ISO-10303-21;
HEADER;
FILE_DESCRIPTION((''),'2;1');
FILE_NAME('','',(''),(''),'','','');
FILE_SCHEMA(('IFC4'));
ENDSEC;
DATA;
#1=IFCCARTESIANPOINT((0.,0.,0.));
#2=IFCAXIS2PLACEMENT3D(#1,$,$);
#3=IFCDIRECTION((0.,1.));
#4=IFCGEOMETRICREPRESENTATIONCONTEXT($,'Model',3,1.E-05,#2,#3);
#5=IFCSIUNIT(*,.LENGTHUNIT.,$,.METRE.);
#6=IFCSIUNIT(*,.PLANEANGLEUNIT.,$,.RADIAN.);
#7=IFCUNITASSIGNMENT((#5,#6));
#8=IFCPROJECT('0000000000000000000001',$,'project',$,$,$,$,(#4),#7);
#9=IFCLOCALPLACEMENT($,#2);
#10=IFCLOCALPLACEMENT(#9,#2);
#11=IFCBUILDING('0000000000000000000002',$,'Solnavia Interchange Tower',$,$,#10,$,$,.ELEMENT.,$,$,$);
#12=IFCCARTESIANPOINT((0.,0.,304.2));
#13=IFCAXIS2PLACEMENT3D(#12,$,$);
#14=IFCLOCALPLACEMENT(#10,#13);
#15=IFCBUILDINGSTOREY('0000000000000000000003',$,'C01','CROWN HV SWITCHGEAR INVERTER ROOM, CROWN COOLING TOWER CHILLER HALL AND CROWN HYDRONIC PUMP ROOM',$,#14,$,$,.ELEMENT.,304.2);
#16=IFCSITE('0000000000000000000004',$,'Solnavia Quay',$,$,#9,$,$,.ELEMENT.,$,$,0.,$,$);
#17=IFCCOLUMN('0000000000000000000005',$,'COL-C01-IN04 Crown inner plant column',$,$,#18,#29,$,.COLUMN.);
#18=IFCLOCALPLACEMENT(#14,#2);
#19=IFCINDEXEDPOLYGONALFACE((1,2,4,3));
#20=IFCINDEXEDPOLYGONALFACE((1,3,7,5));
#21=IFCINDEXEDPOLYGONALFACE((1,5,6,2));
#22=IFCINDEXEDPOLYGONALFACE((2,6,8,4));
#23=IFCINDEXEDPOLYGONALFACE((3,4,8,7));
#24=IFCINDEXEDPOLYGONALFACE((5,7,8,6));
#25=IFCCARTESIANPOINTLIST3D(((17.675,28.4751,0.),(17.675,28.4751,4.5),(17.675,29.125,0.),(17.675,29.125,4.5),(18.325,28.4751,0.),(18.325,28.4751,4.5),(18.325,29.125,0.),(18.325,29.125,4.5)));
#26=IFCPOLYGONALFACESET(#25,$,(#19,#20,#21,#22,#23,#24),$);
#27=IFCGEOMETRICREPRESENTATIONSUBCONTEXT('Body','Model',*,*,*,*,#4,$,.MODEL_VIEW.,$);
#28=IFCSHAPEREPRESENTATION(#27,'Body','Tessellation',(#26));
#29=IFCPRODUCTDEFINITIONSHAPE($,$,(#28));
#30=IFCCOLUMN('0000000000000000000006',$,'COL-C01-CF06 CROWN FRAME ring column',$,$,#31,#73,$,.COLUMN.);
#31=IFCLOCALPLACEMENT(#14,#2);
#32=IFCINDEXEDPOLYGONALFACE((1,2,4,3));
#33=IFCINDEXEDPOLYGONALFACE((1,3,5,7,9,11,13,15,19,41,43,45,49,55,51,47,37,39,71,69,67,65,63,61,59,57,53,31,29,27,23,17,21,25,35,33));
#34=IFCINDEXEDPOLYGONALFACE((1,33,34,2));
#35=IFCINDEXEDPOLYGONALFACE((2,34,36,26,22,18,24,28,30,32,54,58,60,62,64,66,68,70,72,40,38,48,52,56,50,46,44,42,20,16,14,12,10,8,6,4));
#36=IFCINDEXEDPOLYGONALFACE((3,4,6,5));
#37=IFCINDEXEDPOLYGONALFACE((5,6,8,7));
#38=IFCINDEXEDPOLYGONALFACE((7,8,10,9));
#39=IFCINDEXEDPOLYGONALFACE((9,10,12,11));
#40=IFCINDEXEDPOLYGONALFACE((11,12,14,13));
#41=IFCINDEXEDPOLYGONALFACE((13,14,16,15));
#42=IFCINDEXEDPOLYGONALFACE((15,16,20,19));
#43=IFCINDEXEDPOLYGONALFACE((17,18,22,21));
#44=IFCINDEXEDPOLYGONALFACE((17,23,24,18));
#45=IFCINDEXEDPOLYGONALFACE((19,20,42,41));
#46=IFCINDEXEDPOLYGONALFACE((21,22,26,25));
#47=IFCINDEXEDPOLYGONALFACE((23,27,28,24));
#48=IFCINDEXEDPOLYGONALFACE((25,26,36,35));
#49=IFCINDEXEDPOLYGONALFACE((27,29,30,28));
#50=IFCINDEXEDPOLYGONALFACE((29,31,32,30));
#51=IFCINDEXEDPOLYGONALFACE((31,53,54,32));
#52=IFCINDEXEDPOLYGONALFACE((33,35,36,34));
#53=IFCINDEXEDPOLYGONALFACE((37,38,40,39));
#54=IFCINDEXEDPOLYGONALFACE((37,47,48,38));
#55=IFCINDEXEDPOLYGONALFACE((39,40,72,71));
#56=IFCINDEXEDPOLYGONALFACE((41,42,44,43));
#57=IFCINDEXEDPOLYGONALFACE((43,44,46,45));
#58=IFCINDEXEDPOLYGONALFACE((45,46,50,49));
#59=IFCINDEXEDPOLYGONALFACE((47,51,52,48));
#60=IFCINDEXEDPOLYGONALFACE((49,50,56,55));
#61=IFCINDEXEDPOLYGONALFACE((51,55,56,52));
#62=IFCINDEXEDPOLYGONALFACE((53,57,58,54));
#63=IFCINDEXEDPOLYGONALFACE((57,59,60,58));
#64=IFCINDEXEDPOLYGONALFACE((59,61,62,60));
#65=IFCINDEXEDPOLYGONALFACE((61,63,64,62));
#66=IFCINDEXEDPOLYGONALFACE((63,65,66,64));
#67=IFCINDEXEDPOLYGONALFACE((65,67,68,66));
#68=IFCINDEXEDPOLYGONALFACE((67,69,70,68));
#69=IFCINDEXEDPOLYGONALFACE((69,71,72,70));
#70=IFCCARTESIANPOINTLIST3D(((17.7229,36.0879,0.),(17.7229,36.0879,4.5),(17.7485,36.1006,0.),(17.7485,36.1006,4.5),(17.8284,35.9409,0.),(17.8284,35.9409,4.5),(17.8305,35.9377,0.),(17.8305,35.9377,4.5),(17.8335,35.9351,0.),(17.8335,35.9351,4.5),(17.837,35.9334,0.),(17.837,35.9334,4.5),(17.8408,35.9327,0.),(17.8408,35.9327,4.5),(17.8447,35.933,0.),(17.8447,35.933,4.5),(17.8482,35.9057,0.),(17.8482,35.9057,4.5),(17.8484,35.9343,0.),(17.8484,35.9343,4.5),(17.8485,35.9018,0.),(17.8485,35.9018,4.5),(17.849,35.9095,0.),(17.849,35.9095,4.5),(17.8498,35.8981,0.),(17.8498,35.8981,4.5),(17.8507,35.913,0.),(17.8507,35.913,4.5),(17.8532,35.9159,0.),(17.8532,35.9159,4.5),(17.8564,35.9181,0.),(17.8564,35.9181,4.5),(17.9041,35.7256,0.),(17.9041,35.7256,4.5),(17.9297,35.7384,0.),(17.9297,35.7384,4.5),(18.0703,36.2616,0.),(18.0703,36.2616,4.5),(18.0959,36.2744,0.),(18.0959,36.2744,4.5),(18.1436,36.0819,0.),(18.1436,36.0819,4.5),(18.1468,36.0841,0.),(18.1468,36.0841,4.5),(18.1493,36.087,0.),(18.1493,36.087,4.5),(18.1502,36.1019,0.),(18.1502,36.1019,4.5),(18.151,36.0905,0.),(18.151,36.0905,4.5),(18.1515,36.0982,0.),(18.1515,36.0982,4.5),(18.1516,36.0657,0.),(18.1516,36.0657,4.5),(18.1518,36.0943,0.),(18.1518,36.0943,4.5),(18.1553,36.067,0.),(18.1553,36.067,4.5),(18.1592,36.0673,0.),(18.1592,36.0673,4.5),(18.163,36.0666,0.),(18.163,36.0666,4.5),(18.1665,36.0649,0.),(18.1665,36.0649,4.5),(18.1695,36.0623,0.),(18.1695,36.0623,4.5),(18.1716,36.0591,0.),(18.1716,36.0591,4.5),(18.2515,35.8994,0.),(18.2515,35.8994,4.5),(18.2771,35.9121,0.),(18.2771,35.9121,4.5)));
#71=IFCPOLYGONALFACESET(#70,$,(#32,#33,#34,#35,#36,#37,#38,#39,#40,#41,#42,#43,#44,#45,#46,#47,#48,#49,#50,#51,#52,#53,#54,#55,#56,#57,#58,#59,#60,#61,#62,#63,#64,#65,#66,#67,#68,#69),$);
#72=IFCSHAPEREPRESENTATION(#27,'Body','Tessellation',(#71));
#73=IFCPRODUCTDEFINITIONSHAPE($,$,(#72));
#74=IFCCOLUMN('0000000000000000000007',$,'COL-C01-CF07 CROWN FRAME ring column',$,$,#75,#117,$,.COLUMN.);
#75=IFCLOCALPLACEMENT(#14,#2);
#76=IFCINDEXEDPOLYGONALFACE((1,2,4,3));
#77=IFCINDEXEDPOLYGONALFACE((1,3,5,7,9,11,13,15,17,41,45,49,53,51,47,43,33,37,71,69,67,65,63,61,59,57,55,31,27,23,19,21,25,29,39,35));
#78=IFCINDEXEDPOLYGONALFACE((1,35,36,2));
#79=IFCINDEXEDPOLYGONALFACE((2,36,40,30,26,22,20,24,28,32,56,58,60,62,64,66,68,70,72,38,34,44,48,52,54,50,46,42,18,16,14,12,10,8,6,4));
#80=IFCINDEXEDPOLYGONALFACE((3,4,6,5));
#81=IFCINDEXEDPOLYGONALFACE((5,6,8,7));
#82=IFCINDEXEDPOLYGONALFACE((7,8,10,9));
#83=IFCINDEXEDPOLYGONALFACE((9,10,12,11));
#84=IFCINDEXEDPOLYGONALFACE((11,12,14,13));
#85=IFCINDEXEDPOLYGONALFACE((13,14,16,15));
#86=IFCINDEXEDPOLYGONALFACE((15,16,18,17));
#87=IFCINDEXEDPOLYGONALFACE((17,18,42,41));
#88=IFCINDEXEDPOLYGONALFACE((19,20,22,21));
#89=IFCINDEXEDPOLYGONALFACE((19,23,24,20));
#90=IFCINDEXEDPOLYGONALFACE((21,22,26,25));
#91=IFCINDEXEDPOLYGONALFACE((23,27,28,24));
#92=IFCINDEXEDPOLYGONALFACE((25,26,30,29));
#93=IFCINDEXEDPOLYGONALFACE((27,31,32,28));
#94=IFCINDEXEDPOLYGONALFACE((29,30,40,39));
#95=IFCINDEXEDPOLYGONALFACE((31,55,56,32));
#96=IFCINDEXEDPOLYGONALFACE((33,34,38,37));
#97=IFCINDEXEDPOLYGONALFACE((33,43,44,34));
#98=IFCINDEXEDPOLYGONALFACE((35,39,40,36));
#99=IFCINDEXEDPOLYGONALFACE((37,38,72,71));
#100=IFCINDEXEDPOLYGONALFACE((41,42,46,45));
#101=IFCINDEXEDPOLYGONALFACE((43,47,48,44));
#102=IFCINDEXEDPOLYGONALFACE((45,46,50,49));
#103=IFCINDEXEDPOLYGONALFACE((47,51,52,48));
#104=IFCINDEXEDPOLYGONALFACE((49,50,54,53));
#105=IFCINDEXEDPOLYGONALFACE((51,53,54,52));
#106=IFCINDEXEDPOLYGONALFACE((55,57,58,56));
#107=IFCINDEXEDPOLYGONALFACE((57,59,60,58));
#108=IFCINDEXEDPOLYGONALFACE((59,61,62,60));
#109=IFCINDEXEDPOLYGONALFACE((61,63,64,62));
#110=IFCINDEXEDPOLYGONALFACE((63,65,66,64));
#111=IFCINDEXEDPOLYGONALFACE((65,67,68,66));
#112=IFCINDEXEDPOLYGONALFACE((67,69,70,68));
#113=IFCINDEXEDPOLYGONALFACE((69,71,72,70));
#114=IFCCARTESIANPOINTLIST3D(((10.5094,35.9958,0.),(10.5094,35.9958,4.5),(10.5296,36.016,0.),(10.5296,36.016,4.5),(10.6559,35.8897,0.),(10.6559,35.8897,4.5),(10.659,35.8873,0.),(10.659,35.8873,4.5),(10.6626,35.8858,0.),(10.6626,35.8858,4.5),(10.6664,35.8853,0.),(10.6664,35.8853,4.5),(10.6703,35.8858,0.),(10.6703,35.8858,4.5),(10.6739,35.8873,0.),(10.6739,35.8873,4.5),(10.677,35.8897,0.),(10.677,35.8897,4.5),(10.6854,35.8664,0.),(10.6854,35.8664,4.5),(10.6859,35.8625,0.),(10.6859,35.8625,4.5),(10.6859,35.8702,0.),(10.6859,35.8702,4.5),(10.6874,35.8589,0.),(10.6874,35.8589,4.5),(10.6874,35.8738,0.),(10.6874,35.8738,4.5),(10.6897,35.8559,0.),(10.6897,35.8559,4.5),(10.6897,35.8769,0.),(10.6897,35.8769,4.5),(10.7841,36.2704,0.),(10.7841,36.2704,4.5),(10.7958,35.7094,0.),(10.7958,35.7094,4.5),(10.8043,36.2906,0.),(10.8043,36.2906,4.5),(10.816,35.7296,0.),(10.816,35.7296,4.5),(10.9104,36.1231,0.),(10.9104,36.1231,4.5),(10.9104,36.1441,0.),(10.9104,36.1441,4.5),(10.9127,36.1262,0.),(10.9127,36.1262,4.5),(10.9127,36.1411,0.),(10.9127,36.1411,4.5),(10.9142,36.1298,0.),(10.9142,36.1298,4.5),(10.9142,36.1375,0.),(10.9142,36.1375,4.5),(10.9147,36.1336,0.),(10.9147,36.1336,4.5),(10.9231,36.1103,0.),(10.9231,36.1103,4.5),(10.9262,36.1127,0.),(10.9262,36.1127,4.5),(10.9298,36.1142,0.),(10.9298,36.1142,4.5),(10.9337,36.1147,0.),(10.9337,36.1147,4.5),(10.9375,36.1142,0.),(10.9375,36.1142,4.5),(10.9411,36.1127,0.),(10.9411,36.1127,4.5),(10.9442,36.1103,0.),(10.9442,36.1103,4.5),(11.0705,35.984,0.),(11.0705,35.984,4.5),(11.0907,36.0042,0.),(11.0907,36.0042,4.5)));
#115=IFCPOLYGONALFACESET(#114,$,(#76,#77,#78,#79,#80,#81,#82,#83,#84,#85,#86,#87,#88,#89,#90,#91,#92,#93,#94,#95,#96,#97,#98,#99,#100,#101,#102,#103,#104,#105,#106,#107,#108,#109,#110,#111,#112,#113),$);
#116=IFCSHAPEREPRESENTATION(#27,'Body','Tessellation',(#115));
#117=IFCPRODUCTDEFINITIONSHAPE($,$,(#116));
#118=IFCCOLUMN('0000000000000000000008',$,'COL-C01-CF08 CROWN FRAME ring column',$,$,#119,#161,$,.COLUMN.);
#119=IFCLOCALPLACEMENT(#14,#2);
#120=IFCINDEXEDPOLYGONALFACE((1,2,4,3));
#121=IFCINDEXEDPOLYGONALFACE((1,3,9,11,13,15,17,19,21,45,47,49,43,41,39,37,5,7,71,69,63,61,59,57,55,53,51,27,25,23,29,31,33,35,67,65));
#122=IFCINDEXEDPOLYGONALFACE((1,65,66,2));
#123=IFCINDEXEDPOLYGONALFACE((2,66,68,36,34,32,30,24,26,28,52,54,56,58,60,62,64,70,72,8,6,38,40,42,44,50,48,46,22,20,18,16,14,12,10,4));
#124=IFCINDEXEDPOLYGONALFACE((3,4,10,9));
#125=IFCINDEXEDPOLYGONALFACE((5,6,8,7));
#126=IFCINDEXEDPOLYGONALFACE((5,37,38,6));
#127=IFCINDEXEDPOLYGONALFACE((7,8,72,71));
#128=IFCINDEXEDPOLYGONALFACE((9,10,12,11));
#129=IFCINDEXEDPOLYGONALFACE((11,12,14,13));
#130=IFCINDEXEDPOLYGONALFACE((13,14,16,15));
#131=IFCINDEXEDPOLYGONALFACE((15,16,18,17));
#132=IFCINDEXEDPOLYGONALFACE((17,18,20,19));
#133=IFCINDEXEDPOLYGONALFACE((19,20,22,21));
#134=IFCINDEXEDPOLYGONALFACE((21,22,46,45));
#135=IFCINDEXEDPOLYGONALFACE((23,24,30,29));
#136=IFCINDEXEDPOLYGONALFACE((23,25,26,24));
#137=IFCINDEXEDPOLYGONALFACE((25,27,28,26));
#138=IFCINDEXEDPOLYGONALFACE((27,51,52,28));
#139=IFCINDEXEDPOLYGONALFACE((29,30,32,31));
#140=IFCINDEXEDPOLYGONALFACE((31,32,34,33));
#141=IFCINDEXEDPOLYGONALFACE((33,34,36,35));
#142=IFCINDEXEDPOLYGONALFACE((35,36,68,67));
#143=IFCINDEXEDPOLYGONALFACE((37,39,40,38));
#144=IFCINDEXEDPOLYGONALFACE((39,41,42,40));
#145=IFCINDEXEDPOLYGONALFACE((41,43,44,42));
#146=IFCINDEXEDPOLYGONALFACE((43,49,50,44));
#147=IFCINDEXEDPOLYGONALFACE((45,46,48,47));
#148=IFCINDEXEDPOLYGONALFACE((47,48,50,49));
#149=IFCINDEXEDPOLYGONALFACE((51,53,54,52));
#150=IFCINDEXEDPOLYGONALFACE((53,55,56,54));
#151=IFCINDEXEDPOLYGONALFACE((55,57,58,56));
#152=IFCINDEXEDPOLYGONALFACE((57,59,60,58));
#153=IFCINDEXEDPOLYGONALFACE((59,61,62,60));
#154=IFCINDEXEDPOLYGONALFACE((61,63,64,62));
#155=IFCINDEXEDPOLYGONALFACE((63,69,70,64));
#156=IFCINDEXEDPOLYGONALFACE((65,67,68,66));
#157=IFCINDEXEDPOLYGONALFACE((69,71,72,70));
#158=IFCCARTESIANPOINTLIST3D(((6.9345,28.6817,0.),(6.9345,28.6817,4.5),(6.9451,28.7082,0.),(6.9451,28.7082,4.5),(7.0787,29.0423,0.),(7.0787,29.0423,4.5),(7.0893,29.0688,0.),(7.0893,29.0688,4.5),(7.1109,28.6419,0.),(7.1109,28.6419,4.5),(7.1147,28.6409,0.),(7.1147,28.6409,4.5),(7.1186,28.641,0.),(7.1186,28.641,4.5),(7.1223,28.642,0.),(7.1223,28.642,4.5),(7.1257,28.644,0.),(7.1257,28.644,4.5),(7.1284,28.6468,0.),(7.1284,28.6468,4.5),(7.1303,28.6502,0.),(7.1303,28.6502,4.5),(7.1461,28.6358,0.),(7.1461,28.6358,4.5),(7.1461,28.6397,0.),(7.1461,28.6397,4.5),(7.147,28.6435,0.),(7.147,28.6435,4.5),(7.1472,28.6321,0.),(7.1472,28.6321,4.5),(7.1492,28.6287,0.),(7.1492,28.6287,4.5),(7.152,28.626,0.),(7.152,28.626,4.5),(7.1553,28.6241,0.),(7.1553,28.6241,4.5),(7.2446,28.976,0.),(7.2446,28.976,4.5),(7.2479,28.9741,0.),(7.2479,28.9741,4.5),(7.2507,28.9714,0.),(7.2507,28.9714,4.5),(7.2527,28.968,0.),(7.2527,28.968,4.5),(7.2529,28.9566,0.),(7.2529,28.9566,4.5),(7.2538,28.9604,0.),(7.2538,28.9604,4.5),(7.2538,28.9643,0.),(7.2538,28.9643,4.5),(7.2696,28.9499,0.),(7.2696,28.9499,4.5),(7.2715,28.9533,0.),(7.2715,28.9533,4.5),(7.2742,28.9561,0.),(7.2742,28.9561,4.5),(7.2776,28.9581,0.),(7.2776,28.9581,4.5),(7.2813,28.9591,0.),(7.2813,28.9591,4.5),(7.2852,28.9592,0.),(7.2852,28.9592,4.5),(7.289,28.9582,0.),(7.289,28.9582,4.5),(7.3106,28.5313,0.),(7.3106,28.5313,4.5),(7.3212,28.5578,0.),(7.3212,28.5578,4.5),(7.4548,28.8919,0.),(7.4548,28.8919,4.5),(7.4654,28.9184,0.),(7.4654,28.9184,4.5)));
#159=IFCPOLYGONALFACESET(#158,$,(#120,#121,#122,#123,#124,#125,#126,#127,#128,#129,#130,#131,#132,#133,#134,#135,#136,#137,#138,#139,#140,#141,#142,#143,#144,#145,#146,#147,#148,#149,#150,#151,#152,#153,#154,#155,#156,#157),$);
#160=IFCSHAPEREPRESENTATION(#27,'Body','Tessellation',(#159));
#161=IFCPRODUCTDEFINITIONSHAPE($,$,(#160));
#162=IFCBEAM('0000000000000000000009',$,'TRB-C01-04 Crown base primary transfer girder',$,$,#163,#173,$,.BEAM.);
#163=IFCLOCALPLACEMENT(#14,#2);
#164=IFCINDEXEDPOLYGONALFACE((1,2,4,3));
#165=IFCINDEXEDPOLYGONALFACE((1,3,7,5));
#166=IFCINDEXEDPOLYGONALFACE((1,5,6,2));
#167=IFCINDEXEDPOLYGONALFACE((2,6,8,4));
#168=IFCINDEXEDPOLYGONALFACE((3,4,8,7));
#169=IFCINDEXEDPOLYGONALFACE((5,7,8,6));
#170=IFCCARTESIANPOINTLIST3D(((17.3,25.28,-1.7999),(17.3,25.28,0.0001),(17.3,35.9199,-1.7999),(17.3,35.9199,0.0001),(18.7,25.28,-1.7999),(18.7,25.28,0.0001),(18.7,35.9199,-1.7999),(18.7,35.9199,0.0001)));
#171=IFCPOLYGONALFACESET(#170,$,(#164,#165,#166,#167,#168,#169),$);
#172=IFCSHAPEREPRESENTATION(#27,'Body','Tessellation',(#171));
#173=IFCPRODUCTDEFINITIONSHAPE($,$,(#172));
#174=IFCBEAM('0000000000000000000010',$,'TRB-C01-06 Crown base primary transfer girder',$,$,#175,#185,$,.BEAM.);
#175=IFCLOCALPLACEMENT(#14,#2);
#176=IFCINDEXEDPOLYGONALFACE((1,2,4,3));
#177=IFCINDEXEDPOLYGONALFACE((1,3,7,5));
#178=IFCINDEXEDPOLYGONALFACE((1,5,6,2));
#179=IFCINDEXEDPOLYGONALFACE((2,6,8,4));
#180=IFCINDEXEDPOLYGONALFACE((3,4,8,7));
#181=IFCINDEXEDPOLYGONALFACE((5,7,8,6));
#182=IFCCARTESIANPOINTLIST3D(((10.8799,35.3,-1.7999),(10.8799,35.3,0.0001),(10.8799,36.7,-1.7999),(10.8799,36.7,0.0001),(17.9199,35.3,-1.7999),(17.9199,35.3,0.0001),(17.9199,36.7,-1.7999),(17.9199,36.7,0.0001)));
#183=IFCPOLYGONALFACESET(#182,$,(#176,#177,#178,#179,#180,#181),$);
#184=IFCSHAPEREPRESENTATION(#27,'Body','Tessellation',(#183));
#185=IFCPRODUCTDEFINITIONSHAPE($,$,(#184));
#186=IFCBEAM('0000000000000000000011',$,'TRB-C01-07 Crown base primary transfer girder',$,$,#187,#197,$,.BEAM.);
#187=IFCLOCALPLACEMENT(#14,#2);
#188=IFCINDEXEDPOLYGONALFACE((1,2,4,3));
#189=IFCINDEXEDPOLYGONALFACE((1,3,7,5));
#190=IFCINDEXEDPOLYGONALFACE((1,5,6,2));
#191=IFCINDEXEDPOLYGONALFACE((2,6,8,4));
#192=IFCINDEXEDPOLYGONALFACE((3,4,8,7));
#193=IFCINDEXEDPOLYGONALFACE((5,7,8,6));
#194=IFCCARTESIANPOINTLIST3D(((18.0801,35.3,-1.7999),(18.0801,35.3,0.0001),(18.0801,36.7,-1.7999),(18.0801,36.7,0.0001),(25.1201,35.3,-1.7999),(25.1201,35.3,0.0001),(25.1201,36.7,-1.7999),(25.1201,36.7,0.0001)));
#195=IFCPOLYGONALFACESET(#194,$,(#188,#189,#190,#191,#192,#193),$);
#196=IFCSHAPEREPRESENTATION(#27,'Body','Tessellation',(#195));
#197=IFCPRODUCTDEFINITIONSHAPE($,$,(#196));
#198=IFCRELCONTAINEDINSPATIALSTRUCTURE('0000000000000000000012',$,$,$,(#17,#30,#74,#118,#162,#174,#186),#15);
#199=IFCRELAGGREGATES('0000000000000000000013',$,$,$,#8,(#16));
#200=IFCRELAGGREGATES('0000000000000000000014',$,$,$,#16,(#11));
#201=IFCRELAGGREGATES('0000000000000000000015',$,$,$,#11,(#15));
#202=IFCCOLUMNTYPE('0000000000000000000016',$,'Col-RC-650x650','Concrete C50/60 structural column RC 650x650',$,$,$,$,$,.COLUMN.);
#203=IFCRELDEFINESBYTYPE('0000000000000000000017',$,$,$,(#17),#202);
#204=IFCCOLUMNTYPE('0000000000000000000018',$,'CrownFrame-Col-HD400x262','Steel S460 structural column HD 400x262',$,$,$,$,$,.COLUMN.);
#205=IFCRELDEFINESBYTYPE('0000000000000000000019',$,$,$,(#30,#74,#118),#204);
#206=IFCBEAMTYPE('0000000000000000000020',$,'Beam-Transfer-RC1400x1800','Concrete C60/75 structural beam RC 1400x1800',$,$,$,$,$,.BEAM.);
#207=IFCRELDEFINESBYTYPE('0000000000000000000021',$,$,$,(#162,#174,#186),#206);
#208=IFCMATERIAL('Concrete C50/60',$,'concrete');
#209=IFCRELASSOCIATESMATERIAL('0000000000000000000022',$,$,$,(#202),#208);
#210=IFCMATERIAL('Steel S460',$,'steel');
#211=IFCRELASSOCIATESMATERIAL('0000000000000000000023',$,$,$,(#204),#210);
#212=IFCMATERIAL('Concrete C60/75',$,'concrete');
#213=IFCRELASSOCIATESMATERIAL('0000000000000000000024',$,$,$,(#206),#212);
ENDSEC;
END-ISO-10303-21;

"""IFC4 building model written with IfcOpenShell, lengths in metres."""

from ifc_helpers import new_model, si_unit, direction, frame, origin, origin_2d, place, context, subcontext, project, spatial, rectangle, i_section, extrude, material, material_profile, profile_set, type_object, element, save


model = new_model("IFC4")

# Units and contexts
model_context = context("Model", 3, precision=1e-05, world=origin(), true_north=direction((0.0, 1.0)))
body_context = subcontext(model_context, "Body", "Model", "MODEL_VIEW")
ifc_project = project(units=[si_unit("LENGTHUNIT", "METRE"), si_unit("PLANEANGLEUNIT", "RADIAN")], contexts=[model_context])

# Site, building, storey
site_placement = place(None, origin())
site = spatial("IfcSite", under=ifc_project, at=site_placement, Name="Solnavia Quay", CompositionType="ELEMENT", RefElevation=0.0)
building_placement = place(site_placement, origin())
building = spatial("IfcBuilding", under=site, at=building_placement, Name="Solnavia Interchange Tower", CompositionType="ELEMENT")
storey_placement = place(building_placement, frame((0.0, 0.0, 304.2)))
storey = spatial("IfcBuildingStorey", under=building, at=storey_placement, Name="C01", Description="CROWN HV SWITCHGEAR INVERTER ROOM, CROWN COOLING TOWER CHILLER HALL AND CROWN HYDRONIC PUMP ROOM", CompositionType="ELEMENT", Elevation=304.2)

# Columns
ifc_material_1 = material(Name="Concrete C50/60", Category="concrete")
ifc_material_profile_1 = material_profile(ifc_material_1, rectangle(XDim=0.6499, YDim=0.6499, at=origin_2d()), Name="RC 650x650")
ifc_profile_set_1 = profile_set([ifc_material_profile_1], Name="Concrete C50/60")
column_type_1 = type_object("IfcColumnType", Name="Col-RC-650x650", Description="Concrete C50/60 structural column RC 650x650", PredefinedType="COLUMN", material=ifc_profile_set_1)
column_placement = place(storey_placement, frame((18.0, 28.8, 0.0), z_axis=(0.0, 0.0, 1.0), x_axis=(1.0, 0.0, 0.0)))
element("IfcColumn", 1, at=column_placement, inside=storey, type_object=column_type_1, Name="COL-C01-IN04 Crown inner plant column", PredefinedType="COLUMN", context=body_context, shape_type="SweptSolid", body=[
    extrude(rectangle(XDim=0.6499, YDim=0.6499, at=origin_2d()), origin(), (0.0, 0.0, 1.0), 4.5),
])
ifc_material_2 = material(Name="Steel S460", Category="steel")
ifc_material_profile_2 = material_profile(ifc_material_2, i_section(OverallWidth=0.405, OverallDepth=0.417, WebThickness=0.0181, FlangeThickness=0.0286, FilletRadius=0.0149, at=origin_2d()), Name="HD 400x262")
ifc_profile_set_2 = profile_set([ifc_material_profile_2], Name="Steel S460")
column_type_2 = type_object("IfcColumnType", Name="CrownFrame-Col-HD400x262", Description="Steel S460 structural column HD 400x262", PredefinedType="COLUMN", material=ifc_profile_set_2)
for number, where, z_axis, x_axis, name in (
    (2, (18.0, 36.0, 0.0), (0.0, 0.0, 1.0), (-0.447291, 0.894389, 0.0), "COL-C01-CF06 CROWN FRAME ring column"),
    (3, (10.8, 36.0, 0.0), (0.0, 0.0, 1.0), (-0.707107, 0.707107, 0.0), "COL-C01-CF07 CROWN FRAME ring column"),
    (4, (7.2, 28.8, 0.0), (0.0, 0.0, 1.0), (-0.928486, 0.371368, 0.0), "COL-C01-CF08 CROWN FRAME ring column"),
):
    element("IfcColumn", number, at=place(storey_placement, frame(where, z_axis=z_axis, x_axis=x_axis)), inside=storey, type_object=column_type_2, Name=name, PredefinedType="COLUMN", context=body_context, shape_type="SweptSolid", body=[
        extrude(i_section(OverallWidth=0.405, OverallDepth=0.417, WebThickness=0.0181, FlangeThickness=0.0286, FilletRadius=0.0149, at=origin_2d()), origin(), (0.0, 0.0, 1.0), 4.5),
    ])

# Beams
ifc_material_3 = material(Name="Concrete C60/75", Category="concrete")
ifc_material_profile_3 = material_profile(ifc_material_3, rectangle(XDim=1.3999, YDim=1.8, at=origin_2d()), Name="RC 1400x1800")
ifc_profile_set_3 = profile_set([ifc_material_profile_3], Name="Concrete C60/75")
beam_type = type_object("IfcBeamType", Name="Beam-Transfer-RC1400x1800", Description="Concrete C60/75 structural beam RC 1400x1800", PredefinedType="BEAM", material=ifc_profile_set_3)
beam_1_placement = place(storey_placement, frame((18.0, 25.28, -0.8999), z_axis=(0.0, 1.0, 0.0), x_axis=(-1.0, 0.0, 0.0)))
element("IfcBeam", 5, at=beam_1_placement, inside=storey, type_object=beam_type, Name="TRB-C01-04 Crown base primary transfer girder", PredefinedType="BEAM", context=body_context, shape_type="SweptSolid", body=[
    extrude(rectangle(XDim=1.3999, YDim=1.8, at=origin_2d()), origin(), (0.0, 0.0, 1.0), 10.6399),
])
for number, where, z_axis, x_axis, name in (
    (6, (10.8799, 36.0, -0.8999), (1.0, 0.0, 0.0), (0.0, 1.0, 0.0), "TRB-C01-06 Crown base primary transfer girder"),
    (7, (18.0801, 36.0, -0.8999), (1.0, 0.0, 0.0), (0.0, 1.0, 0.0), "TRB-C01-07 Crown base primary transfer girder"),
):
    element("IfcBeam", number, at=place(storey_placement, frame(where, z_axis=z_axis, x_axis=x_axis)), inside=storey, type_object=beam_type, Name=name, PredefinedType="BEAM", context=body_context, shape_type="SweptSolid", body=[
        extrude(rectangle(XDim=1.3999, YDim=1.8, at=origin_2d()), origin(), (0.0, 0.0, 1.0), 7.04),
    ])

save(model, "model.ifc")
